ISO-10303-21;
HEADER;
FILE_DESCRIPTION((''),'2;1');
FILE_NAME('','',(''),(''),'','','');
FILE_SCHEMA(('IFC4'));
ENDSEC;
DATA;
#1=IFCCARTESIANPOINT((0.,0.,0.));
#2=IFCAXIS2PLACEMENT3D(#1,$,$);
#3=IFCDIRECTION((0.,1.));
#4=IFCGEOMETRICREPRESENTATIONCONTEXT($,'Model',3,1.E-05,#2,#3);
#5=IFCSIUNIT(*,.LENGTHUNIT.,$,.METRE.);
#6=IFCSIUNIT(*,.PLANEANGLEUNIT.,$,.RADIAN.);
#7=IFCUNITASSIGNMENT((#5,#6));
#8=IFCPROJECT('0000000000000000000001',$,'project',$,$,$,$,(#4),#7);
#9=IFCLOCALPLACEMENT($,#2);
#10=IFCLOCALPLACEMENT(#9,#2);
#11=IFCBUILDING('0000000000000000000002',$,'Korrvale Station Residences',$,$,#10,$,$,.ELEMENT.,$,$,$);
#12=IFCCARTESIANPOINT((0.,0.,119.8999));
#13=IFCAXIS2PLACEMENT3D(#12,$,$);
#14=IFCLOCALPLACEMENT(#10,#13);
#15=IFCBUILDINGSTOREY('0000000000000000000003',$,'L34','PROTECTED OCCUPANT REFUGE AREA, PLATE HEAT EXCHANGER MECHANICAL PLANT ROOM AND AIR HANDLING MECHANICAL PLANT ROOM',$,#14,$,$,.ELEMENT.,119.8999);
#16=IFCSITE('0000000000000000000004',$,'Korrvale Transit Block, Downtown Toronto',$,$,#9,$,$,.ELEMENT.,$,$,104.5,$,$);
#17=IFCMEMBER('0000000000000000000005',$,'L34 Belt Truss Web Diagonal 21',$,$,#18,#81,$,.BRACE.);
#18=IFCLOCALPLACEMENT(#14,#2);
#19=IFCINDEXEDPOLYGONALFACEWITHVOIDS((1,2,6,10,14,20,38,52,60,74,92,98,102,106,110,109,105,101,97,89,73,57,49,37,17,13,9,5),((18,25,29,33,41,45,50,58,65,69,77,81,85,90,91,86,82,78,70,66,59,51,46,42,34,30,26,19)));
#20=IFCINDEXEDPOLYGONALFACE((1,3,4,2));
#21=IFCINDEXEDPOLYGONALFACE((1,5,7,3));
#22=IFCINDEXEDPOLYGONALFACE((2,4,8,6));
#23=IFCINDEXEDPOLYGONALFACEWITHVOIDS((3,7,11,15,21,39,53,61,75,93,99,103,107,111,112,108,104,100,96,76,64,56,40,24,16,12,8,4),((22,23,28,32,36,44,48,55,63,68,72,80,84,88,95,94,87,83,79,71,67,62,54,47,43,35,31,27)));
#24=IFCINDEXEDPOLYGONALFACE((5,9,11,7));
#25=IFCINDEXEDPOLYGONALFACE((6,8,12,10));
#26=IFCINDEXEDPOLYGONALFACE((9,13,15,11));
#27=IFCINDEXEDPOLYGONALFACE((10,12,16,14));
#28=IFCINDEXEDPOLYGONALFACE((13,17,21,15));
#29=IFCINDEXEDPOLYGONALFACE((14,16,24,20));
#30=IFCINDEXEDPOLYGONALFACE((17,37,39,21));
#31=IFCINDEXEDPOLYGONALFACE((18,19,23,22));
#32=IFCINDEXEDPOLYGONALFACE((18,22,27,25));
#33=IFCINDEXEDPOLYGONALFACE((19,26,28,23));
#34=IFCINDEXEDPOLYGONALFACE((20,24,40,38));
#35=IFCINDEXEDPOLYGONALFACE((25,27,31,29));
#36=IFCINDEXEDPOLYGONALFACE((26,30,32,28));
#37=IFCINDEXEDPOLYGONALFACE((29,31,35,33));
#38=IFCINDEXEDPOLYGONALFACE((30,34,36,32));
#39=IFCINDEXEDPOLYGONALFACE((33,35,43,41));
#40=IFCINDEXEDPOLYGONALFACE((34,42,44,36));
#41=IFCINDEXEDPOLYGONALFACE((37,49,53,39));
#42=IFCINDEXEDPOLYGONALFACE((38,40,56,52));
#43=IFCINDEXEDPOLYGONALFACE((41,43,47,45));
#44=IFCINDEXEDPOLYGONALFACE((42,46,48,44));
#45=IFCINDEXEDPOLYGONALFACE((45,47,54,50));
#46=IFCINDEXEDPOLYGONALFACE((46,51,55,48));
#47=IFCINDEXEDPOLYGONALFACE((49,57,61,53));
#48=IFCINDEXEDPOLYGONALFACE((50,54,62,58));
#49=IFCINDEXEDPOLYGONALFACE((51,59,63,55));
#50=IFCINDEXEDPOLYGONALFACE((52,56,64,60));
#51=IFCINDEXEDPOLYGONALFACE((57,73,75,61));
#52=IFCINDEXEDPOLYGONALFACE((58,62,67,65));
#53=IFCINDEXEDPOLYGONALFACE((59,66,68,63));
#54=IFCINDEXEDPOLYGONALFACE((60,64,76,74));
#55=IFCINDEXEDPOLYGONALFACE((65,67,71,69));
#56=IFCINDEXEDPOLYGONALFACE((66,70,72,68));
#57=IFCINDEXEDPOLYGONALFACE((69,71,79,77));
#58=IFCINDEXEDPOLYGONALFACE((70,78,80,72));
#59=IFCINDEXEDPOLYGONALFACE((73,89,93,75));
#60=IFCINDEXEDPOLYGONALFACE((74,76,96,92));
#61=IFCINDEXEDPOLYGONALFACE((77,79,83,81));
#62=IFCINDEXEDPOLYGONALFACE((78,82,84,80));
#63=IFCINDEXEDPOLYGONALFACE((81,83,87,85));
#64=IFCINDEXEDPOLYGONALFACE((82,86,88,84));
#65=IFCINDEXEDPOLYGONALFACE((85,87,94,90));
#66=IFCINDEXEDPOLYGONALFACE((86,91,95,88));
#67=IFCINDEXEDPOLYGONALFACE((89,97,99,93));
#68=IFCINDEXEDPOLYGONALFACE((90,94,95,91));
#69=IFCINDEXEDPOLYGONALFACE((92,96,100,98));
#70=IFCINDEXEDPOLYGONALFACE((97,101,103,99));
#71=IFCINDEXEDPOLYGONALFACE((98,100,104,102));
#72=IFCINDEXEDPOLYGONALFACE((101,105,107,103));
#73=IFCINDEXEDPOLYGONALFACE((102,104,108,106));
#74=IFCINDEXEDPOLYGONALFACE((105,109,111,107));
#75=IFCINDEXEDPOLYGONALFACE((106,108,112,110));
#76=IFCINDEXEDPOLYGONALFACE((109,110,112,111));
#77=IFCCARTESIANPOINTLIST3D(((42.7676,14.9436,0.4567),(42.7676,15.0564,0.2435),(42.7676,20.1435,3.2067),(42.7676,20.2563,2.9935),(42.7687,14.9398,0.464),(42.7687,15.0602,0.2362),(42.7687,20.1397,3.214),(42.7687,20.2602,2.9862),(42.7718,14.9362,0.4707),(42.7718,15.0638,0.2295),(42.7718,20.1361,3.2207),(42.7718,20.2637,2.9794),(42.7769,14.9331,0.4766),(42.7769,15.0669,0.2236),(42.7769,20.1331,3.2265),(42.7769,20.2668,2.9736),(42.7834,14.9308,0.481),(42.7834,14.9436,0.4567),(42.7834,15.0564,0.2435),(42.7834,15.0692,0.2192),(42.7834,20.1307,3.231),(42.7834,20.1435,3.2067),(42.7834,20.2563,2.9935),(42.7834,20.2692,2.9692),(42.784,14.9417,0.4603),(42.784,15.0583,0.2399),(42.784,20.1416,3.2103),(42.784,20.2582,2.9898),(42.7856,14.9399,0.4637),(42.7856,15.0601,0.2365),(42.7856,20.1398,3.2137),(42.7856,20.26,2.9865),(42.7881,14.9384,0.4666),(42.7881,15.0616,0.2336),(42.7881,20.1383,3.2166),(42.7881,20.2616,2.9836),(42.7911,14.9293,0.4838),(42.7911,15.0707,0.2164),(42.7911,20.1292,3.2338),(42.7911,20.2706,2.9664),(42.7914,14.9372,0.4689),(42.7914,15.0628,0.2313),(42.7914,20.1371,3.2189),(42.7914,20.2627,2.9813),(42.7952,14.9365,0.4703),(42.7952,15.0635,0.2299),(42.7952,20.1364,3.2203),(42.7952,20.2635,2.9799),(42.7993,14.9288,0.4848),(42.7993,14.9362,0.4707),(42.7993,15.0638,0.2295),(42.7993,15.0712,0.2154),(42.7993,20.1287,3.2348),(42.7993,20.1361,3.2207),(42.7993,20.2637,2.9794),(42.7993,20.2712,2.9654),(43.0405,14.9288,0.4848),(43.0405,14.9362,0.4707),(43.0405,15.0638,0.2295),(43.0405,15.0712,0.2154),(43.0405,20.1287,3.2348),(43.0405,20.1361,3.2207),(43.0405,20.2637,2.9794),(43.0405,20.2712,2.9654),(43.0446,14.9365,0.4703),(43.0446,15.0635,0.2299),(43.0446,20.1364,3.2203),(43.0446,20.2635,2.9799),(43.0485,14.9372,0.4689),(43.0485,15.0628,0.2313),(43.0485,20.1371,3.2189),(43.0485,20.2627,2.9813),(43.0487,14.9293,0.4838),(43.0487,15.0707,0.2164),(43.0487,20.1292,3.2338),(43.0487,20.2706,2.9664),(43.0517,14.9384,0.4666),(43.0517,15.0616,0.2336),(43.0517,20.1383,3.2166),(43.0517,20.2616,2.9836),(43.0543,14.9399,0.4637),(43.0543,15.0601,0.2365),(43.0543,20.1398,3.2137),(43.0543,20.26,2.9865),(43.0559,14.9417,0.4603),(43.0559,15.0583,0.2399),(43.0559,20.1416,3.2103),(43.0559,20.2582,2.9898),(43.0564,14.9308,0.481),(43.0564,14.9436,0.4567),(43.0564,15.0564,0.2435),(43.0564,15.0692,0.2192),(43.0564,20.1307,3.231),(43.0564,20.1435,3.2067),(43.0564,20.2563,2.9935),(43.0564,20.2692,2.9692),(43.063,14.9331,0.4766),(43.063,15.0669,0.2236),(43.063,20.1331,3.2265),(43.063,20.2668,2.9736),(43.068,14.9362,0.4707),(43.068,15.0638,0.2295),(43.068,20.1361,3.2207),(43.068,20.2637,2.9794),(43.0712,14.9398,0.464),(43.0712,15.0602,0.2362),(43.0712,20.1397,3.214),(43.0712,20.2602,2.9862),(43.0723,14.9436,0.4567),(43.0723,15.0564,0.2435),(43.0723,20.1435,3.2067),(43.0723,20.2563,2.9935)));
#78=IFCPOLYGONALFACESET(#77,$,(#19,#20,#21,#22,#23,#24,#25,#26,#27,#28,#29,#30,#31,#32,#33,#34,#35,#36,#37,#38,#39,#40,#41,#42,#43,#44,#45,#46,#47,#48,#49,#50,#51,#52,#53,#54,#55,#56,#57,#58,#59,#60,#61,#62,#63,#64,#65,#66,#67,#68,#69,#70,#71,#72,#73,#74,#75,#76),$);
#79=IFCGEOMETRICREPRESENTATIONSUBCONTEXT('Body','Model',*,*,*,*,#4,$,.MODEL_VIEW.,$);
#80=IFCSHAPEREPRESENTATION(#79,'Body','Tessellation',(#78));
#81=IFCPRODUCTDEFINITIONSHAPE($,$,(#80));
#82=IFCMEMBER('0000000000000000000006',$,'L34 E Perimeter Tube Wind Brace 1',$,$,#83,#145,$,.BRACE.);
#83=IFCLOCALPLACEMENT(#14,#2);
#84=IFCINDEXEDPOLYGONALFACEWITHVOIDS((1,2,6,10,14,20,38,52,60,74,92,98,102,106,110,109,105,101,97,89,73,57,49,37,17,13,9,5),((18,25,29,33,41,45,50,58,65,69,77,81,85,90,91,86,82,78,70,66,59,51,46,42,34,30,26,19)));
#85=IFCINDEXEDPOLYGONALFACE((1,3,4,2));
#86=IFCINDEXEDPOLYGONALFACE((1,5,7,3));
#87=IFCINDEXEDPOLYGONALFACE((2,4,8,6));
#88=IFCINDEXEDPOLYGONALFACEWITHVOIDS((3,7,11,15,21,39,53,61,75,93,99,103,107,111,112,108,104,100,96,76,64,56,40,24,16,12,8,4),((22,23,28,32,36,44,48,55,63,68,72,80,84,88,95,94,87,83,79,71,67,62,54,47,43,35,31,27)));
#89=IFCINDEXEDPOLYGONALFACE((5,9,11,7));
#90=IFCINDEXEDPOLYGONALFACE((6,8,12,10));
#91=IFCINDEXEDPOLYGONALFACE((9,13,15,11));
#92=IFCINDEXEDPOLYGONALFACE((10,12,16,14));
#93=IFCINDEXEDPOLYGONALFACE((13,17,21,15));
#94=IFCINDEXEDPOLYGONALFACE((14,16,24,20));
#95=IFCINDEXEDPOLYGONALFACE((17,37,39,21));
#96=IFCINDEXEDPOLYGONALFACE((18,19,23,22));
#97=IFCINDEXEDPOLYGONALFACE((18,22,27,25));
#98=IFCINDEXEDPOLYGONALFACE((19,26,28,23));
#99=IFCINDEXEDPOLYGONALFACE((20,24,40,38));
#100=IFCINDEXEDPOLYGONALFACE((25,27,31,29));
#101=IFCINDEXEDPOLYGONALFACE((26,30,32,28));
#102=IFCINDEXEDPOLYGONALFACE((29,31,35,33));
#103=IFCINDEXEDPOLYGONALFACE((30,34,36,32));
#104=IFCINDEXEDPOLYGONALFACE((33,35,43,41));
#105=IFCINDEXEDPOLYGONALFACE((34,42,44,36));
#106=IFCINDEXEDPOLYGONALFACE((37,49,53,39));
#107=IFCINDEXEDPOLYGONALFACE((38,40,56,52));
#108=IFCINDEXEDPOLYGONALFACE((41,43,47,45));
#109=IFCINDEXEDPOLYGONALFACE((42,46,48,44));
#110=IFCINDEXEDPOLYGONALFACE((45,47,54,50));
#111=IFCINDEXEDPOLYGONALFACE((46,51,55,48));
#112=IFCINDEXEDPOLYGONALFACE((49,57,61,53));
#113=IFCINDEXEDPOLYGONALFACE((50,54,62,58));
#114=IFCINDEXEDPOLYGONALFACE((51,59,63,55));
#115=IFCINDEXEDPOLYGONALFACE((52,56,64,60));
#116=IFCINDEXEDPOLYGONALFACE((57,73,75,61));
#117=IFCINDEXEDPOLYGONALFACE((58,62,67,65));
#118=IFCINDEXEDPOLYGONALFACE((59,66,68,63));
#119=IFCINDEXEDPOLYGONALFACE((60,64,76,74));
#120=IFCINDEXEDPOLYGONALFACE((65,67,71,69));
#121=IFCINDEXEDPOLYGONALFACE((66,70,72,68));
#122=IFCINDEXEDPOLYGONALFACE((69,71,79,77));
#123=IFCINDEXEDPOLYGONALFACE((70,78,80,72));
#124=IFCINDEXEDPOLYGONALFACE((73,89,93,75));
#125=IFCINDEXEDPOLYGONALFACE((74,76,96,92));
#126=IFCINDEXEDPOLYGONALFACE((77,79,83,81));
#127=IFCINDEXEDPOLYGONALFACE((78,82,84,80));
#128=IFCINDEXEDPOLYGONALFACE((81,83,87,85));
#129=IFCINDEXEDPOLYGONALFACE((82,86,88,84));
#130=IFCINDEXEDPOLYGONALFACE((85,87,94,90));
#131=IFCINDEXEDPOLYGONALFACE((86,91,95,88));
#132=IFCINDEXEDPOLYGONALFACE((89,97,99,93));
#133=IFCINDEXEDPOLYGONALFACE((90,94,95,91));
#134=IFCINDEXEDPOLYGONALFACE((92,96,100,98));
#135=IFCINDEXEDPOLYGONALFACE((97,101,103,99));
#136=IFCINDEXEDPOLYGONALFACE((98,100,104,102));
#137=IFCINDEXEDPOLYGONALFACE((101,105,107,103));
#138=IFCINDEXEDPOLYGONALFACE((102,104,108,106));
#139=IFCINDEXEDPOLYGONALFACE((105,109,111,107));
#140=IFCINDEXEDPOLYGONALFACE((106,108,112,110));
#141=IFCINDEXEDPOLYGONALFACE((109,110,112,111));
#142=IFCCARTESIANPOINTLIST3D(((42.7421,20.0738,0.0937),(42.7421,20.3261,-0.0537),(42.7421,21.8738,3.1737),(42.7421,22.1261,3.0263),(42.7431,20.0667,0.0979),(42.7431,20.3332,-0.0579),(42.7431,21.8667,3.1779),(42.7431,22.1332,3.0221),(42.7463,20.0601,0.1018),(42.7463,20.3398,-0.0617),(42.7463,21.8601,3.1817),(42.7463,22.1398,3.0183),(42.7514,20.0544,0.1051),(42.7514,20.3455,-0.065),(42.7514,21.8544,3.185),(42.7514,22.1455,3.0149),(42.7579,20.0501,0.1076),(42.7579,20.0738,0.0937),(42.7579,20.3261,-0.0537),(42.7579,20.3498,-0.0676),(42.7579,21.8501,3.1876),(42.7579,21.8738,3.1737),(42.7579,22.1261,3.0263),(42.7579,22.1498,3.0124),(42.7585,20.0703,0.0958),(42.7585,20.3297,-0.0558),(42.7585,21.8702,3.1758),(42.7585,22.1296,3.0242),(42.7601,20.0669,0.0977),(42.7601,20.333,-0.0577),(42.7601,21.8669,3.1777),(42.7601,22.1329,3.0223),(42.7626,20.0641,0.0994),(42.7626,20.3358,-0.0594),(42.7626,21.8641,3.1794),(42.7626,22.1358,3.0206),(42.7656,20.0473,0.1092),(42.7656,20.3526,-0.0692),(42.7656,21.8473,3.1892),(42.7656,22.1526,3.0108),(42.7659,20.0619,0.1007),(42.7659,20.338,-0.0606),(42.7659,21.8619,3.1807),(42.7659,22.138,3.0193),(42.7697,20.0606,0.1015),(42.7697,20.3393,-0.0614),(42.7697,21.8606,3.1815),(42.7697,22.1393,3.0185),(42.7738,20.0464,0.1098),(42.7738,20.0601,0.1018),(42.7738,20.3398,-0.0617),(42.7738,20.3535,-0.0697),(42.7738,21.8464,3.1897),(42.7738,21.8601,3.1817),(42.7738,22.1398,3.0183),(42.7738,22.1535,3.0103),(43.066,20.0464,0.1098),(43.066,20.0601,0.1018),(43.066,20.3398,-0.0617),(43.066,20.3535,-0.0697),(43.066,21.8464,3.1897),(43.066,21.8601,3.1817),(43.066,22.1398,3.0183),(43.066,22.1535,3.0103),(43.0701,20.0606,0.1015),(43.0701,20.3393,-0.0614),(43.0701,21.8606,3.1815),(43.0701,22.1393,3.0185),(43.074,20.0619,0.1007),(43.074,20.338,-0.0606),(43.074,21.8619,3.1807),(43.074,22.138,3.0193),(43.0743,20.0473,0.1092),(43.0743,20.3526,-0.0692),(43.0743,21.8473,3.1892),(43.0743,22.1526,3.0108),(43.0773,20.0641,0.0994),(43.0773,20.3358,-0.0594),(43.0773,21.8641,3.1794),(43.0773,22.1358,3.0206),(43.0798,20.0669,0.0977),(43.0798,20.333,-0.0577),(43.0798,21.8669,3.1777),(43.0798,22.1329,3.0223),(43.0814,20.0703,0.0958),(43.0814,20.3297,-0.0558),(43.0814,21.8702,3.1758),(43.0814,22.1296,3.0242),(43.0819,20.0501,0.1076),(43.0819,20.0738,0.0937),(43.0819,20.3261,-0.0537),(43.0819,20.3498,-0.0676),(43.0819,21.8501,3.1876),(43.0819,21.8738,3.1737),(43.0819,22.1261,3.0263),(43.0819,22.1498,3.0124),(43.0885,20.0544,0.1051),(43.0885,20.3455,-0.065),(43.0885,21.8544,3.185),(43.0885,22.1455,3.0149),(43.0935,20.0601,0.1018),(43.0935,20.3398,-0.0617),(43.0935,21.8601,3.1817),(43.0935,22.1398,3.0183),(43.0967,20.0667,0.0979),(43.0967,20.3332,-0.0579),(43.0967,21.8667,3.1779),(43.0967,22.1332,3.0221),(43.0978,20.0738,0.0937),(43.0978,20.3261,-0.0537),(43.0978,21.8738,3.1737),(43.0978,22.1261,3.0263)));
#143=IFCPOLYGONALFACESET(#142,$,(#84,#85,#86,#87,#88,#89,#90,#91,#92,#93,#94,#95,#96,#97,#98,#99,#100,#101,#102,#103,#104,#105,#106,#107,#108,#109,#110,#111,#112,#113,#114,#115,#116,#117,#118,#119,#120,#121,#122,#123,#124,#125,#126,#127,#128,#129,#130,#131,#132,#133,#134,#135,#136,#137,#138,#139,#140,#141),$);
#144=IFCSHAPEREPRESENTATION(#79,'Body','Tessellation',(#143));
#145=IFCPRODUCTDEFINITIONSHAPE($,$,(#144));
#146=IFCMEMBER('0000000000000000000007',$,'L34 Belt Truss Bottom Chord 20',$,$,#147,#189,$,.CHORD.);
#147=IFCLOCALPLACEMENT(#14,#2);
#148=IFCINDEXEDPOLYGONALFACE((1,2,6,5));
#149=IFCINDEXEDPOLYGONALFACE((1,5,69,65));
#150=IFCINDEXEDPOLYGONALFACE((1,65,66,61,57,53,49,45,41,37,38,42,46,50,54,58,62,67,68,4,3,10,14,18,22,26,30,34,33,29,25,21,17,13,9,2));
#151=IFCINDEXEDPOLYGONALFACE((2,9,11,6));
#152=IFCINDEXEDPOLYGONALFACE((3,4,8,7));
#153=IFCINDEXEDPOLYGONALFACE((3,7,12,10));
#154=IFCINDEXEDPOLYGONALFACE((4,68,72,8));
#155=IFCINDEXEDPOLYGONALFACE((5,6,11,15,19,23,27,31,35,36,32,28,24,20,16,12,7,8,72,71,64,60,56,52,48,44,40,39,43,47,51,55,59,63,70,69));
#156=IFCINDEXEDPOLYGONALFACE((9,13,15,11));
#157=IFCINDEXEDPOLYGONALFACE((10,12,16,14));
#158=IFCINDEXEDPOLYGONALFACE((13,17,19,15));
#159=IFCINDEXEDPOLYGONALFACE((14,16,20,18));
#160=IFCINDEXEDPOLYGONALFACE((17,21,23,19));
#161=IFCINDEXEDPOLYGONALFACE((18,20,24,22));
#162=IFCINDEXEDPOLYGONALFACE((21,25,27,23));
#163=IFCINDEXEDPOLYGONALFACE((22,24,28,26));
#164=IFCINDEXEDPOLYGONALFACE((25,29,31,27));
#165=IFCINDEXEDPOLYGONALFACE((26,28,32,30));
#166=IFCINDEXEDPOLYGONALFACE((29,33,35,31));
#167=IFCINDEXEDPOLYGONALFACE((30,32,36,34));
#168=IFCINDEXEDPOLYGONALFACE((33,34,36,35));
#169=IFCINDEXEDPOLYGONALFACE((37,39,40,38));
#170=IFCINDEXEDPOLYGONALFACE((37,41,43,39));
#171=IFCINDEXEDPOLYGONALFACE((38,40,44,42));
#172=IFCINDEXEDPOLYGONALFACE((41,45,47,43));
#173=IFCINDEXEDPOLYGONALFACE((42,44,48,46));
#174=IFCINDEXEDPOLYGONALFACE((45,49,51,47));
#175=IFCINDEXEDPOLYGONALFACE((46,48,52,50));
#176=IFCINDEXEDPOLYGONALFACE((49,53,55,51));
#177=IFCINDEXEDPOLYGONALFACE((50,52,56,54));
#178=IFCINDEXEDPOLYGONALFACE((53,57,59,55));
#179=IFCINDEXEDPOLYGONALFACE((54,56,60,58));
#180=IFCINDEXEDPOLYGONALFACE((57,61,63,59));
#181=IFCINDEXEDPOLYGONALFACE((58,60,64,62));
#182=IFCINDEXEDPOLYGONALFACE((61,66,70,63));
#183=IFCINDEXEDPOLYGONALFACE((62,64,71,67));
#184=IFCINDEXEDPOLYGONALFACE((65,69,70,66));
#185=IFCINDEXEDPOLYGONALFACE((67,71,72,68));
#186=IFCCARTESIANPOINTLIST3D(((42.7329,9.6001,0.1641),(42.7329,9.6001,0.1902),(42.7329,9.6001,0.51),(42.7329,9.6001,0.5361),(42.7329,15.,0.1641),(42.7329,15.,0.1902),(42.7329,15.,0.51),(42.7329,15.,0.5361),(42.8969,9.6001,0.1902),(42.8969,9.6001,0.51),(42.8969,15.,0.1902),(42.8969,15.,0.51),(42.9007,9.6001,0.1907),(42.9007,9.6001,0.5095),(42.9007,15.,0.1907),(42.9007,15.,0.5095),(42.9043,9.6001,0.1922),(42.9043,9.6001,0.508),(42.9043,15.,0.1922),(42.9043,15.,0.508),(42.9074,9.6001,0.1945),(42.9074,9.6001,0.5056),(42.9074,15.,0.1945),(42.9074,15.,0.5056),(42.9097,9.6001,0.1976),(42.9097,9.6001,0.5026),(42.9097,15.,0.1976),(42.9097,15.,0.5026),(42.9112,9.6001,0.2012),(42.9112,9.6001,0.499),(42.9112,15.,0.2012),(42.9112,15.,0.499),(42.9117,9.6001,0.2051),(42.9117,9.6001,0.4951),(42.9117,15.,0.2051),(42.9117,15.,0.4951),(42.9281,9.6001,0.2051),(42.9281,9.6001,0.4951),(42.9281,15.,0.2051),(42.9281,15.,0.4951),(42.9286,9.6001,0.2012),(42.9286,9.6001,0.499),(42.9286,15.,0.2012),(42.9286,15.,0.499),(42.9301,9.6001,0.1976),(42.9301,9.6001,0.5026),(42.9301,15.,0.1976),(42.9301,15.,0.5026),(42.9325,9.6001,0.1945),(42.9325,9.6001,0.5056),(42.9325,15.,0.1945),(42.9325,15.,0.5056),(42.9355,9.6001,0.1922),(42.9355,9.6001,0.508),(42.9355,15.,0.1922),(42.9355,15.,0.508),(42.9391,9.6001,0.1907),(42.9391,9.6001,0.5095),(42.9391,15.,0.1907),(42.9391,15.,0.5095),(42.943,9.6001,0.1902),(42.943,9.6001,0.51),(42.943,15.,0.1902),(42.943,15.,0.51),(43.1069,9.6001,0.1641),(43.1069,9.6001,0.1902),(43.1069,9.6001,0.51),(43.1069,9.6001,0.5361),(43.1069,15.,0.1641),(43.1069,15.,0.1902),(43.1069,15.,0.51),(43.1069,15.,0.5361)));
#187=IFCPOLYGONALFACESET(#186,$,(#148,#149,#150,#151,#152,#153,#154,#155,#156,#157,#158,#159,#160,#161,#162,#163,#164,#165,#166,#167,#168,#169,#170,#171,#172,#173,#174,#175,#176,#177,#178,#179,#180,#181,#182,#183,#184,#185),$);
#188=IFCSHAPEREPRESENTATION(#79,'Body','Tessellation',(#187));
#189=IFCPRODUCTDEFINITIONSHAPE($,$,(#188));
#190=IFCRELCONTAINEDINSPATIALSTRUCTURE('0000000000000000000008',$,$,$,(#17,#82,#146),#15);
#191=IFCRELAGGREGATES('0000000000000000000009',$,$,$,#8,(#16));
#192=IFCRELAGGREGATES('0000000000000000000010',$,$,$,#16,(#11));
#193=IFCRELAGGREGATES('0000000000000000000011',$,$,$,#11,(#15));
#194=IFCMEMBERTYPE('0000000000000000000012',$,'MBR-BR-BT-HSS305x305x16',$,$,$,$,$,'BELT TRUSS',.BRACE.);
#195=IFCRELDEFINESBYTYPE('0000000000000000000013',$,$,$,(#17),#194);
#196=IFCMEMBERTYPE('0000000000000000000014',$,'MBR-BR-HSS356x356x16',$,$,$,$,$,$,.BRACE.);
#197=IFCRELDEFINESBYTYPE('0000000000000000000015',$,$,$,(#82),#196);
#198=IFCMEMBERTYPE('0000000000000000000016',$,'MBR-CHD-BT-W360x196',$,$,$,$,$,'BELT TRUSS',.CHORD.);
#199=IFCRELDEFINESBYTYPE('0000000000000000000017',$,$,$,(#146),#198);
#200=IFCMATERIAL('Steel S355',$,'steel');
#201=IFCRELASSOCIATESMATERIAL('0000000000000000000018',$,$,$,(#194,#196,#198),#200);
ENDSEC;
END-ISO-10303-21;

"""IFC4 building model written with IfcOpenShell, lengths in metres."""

from ifc_helpers import new_model, si_unit, direction, frame, origin, origin_2d, place, context, subcontext, project, spatial, hollow_rectangle, i_section, extrude, material, material_profile, profile_set, type_object, element, save


model = new_model("IFC4")

# Units and contexts
model_context = context("Model", 3, precision=1e-05, world=origin(), true_north=direction((0.0, 1.0)))
body_context = subcontext(model_context, "Body", "Model", "MODEL_VIEW")
ifc_project = project(units=[si_unit("LENGTHUNIT", "METRE"), si_unit("PLANEANGLEUNIT", "RADIAN")], contexts=[model_context])

# Site, building, storey
site_placement = place(None, origin())
site = spatial("IfcSite", under=ifc_project, at=site_placement, Name="Korrvale Transit Block, Downtown Toronto", CompositionType="ELEMENT", RefElevation=104.5)
building_placement = place(site_placement, origin())
building = spatial("IfcBuilding", under=site, at=building_placement, Name="Korrvale Station Residences", CompositionType="ELEMENT")
storey_placement = place(building_placement, frame((0.0, 0.0, 119.8999)))
storey = spatial("IfcBuildingStorey", under=building, at=storey_placement, Name="L34", Description="PROTECTED OCCUPANT REFUGE AREA, PLATE HEAT EXCHANGER MECHANICAL PLANT ROOM AND AIR HANDLING MECHANICAL PLANT ROOM", CompositionType="ELEMENT", Elevation=119.8999)

# Members
ifc_material_1 = material(Name="Steel S355", Category="steel")
ifc_material_profile_1 = material_profile(ifc_material_1, hollow_rectangle(XDim=0.3047, YDim=0.3047, WallThickness=0.0159, InnerFilletRadius=0.0159, OuterFilletRadius=0.0317, at=origin_2d()), Name="HSS305x305x16")
ifc_profile_set_1 = profile_set([ifc_material_profile_1], Name="Steel S355")
member_type_1 = type_object("IfcMemberType", Name="MBR-BR-BT-HSS305x305x16", ElementType="BELT TRUSS", PredefinedType="BRACE", material=ifc_profile_set_1)
member_1_placement = place(storey_placement, frame((42.9199, 15.0, 0.3501), z_axis=(0.0, 0.883993, 0.467501), x_axis=(-1.0, 0.0, 0.0)))
element("IfcMember", 1, at=member_1_placement, inside=storey, type_object=member_type_1, Name="L34 Belt Truss Web Diagonal 21", PredefinedType="BRACE", context=body_context, shape_type="SweptSolid", body=[
    extrude(hollow_rectangle(XDim=0.3047, YDim=0.3047, WallThickness=0.0159, InnerFilletRadius=0.0159, OuterFilletRadius=0.0317, at=origin_2d()), origin(), (0.0, 0.0, 1.0), 5.8823),
])
ifc_material_profile_2 = material_profile(ifc_material_1, hollow_rectangle(XDim=0.3557, YDim=0.3557, WallThickness=0.0159, InnerFilletRadius=0.0159, OuterFilletRadius=0.0317, at=origin_2d()), Name="HSS356x356x16")
ifc_profile_set_2 = profile_set([ifc_material_profile_2], Name="Steel S355")
member_type_2 = type_object("IfcMemberType", Name="MBR-BR-HSS356x356x16", PredefinedType="BRACE", material=ifc_profile_set_2)
member_2_placement = place(storey_placement, frame((42.9199, 20.2, 0.02), z_axis=(0.0, 0.504569, 0.863372), x_axis=(-1.0, 0.0, 0.0)))
element("IfcMember", 2, at=member_2_placement, inside=storey, type_object=member_type_2, Name="L34 E Perimeter Tube Wind Brace 1", PredefinedType="BRACE", context=body_context, shape_type="SweptSolid", body=[
    extrude(hollow_rectangle(XDim=0.3557, YDim=0.3557, WallThickness=0.0159, InnerFilletRadius=0.0159, OuterFilletRadius=0.0317, at=origin_2d()), origin(), (0.0, 0.0, 1.0), 3.5674),
])
ifc_material_profile_3 = material_profile(ifc_material_1, i_section(OverallWidth=0.374, OverallDepth=0.3721, WebThickness=0.0164, FlangeThickness=0.0261, FilletRadius=0.0149, at=origin_2d()), Name="W360x196")
ifc_profile_set_3 = profile_set([ifc_material_profile_3], Name="Steel S355")
member_type_3 = type_object("IfcMemberType", Name="MBR-CHD-BT-W360x196", ElementType="BELT TRUSS", PredefinedType="CHORD", material=ifc_profile_set_3)
member_3_placement = place(storey_placement, frame((42.9199, 9.6001, 0.3501), z_axis=(0.0, 1.0, 0.0), x_axis=(-1.0, 0.0, 0.0)))
element("IfcMember", 3, at=member_3_placement, inside=storey, type_object=member_type_3, Name="L34 Belt Truss Bottom Chord 20", PredefinedType="CHORD", context=body_context, shape_type="SweptSolid", body=[
    extrude(i_section(OverallWidth=0.374, OverallDepth=0.3721, WebThickness=0.0164, FlangeThickness=0.0261, FilletRadius=0.0149, at=origin_2d()), origin(), (0.0, 0.0, 1.0), 5.3999),
])

save(model, "model.ifc")
